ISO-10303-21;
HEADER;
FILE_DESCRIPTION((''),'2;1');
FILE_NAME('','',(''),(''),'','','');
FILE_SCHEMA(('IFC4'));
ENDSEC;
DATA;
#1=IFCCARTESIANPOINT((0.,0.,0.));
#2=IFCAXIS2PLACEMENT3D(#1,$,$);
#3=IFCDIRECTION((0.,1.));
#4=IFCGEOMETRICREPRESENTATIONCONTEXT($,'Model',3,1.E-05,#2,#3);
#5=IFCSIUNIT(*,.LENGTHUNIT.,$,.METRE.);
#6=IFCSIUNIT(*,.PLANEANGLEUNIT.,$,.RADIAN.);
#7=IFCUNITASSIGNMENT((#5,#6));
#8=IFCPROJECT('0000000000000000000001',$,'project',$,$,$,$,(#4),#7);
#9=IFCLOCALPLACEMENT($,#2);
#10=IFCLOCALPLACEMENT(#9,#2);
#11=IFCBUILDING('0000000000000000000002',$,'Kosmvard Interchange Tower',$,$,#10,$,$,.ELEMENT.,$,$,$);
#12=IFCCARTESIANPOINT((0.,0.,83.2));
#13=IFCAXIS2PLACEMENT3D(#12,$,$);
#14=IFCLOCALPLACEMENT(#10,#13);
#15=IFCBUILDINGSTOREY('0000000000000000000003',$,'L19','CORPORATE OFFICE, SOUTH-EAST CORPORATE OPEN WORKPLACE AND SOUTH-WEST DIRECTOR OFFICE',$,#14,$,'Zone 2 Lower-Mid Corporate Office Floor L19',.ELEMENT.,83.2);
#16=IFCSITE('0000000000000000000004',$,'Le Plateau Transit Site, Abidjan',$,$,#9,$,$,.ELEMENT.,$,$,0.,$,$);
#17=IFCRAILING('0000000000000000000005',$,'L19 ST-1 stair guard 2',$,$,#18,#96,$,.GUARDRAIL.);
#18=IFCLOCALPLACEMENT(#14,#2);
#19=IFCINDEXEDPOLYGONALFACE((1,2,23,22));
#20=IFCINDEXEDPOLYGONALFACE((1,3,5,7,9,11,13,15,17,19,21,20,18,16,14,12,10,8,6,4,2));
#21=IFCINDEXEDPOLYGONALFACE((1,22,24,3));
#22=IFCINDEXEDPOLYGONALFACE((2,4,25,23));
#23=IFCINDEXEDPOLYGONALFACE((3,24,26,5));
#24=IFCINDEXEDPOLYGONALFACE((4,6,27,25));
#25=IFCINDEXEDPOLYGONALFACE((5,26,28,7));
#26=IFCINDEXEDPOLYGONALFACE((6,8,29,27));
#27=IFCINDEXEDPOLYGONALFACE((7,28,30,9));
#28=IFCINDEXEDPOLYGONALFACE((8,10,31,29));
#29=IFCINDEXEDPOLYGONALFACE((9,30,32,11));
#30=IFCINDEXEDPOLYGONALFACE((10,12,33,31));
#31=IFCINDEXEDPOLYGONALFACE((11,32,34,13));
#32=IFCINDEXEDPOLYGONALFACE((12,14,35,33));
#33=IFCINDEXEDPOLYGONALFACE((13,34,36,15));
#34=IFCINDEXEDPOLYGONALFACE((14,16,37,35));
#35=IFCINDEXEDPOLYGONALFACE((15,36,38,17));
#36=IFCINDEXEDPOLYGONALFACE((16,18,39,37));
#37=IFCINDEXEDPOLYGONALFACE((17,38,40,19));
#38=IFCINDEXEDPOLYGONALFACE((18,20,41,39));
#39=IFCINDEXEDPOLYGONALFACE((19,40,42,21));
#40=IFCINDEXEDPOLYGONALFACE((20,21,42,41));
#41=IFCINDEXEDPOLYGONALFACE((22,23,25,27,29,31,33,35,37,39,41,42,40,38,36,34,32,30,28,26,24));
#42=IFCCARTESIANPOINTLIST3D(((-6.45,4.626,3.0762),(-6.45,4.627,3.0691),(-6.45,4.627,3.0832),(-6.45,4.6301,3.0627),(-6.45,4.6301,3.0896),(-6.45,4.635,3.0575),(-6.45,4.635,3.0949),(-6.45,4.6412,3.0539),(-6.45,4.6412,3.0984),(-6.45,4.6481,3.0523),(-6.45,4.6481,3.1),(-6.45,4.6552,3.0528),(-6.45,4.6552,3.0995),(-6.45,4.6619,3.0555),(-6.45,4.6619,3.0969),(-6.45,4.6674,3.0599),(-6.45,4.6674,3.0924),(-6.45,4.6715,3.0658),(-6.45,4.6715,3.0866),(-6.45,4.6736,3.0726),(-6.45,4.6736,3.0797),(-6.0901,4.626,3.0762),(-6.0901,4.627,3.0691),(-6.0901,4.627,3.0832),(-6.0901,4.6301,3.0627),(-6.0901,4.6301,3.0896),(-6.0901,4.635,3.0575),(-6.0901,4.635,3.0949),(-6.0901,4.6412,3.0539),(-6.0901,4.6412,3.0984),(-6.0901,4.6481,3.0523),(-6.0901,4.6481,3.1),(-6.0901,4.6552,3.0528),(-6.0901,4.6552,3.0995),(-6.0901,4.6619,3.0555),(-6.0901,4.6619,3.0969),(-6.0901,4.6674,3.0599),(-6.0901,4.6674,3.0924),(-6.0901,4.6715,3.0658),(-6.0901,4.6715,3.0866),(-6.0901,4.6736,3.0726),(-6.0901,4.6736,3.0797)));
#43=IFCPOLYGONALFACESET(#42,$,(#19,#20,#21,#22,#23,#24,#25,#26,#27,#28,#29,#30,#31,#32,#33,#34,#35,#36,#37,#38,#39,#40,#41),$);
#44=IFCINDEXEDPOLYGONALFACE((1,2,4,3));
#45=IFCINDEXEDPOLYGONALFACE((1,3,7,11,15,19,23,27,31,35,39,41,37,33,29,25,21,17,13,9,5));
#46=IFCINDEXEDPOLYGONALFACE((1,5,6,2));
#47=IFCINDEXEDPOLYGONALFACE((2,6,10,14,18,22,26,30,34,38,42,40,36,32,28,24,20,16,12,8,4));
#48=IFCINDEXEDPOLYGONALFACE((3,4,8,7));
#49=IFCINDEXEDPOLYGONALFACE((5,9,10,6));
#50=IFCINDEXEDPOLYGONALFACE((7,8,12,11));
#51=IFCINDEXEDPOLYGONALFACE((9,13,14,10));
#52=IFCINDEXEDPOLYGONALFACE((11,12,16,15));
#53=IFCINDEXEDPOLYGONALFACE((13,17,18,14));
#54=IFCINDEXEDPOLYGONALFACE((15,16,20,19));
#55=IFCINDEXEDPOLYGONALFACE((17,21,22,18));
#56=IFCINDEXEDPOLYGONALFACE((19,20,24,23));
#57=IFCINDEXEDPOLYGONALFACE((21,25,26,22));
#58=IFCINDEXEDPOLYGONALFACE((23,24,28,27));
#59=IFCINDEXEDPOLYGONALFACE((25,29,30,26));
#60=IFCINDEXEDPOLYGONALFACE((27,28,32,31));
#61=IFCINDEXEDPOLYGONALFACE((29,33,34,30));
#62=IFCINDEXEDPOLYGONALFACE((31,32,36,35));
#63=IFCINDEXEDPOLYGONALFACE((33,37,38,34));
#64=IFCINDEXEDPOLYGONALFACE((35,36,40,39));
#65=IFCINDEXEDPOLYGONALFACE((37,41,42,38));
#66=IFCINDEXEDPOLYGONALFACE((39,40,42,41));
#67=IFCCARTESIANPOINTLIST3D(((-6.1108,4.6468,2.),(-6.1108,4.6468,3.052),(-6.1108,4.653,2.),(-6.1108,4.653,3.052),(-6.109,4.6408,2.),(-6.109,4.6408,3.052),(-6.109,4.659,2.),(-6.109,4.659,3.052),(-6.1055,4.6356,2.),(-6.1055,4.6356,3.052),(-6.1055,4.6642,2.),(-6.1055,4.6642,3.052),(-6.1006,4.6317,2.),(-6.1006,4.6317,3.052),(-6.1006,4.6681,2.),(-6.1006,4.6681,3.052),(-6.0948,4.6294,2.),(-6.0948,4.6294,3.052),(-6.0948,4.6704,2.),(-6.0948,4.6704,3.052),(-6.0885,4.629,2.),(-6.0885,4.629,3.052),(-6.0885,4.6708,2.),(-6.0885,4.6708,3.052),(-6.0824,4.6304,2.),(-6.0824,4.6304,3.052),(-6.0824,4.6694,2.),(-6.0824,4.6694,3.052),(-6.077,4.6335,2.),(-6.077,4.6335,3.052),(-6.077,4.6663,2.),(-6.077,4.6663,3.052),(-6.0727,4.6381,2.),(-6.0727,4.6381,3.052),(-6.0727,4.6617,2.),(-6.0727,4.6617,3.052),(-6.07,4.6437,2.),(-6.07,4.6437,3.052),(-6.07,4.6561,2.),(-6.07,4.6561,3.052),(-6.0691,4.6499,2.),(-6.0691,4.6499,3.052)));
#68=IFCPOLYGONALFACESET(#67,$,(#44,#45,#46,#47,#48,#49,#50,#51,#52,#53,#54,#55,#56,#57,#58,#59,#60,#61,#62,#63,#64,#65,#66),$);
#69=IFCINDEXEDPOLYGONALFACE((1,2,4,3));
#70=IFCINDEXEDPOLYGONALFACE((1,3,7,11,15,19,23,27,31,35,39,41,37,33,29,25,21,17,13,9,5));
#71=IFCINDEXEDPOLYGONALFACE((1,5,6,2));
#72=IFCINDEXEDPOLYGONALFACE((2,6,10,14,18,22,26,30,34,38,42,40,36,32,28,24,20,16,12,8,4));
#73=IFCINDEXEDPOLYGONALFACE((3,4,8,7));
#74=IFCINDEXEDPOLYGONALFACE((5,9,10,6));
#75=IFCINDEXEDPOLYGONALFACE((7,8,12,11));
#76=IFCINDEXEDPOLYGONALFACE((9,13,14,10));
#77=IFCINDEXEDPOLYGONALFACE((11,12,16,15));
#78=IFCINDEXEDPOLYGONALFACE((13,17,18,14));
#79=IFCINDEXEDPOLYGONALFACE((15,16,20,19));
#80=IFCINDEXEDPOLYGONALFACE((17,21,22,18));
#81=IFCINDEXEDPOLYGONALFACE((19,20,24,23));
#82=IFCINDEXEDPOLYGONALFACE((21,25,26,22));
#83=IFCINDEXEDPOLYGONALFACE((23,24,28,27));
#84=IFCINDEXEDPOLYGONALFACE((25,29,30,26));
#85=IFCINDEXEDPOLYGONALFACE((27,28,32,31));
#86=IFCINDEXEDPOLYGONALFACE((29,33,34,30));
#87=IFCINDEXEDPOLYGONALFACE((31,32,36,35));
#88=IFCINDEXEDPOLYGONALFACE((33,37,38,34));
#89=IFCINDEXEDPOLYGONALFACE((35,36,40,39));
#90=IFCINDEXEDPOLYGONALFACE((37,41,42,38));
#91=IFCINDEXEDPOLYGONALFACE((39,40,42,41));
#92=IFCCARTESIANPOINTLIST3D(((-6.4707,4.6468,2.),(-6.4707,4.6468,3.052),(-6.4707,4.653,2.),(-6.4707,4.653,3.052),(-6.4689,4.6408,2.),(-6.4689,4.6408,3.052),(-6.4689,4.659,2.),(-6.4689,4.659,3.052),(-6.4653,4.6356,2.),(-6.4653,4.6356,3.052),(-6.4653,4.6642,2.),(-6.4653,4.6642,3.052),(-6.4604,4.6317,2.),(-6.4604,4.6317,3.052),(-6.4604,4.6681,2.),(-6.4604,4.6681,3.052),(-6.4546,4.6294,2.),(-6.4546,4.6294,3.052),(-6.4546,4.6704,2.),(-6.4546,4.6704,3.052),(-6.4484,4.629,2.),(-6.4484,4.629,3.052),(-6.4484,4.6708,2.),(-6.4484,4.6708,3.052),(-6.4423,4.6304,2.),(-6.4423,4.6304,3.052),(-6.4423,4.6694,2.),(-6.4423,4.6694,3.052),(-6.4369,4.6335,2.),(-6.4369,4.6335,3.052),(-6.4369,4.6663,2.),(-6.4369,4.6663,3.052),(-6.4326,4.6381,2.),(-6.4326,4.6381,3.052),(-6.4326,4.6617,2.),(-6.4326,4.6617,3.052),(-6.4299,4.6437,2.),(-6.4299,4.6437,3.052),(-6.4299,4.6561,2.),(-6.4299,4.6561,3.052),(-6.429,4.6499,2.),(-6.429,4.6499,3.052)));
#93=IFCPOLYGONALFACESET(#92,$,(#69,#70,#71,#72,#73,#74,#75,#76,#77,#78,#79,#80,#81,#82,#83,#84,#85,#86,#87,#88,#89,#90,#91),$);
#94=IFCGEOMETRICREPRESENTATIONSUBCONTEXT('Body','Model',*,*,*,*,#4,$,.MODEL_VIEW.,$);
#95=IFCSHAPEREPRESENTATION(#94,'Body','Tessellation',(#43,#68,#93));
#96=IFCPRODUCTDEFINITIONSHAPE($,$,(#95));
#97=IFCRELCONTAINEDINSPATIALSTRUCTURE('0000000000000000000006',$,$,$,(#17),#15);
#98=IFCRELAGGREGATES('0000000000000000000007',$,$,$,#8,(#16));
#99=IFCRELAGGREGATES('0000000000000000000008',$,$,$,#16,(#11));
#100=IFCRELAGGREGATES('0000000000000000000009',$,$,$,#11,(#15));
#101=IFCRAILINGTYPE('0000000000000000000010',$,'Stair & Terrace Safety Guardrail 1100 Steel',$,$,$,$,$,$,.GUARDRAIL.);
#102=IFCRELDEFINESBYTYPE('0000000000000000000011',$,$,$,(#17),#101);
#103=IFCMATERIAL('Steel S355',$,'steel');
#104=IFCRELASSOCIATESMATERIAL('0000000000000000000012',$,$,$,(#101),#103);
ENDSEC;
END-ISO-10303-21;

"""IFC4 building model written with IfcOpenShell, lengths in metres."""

from ifc_helpers import new_model, si_unit, direction, frame, origin, origin_2d, place, context, subcontext, project, spatial, circle, extrude, source, transform, mapped, material, type_object, element, save


model = new_model("IFC4")

# Units and contexts
model_context = context("Model", 3, precision=1e-05, world=origin(), true_north=direction((0.0, 1.0)))
body_context = subcontext(model_context, "Body", "Model", "MODEL_VIEW")
ifc_project = project(units=[si_unit("LENGTHUNIT", "METRE"), si_unit("PLANEANGLEUNIT", "RADIAN")], contexts=[model_context])

# Site, building, storey
site_placement = place(None, origin())
site = spatial("IfcSite", under=ifc_project, at=site_placement, Name="Le Plateau Transit Site, Abidjan", CompositionType="ELEMENT", RefElevation=0.0)
building_placement = place(site_placement, origin())
building = spatial("IfcBuilding", under=site, at=building_placement, Name="Kosmvard Interchange Tower", CompositionType="ELEMENT")
storey_placement = place(building_placement, frame((0.0, 0.0, 83.2)))
storey = spatial("IfcBuildingStorey", under=building, at=storey_placement, Name="L19", Description="CORPORATE OFFICE, SOUTH-EAST CORPORATE OPEN WORKPLACE AND SOUTH-WEST DIRECTOR OFFICE", LongName="Zone 2 Lower-Mid Corporate Office Floor L19", CompositionType="ELEMENT", Elevation=83.2)

# Shared definitions
ifc_material_1 = material(Name="Steel S355", Category="steel")

# Railing
railing_type = type_object("IfcRailingType", Name="Stair & Terrace Safety Guardrail 1100 Steel", PredefinedType="GUARDRAIL", material=ifc_material_1)
shared_shape_1 = source(origin(), body_context, "Body", "SweptSolid", [
    extrude(circle(Radius=0.0239, at=origin_2d()), frame((0.0, 0.0, 1.0762), z_axis=(-1.0, 0.0, 0.0), x_axis=(0.0, -1.0, 0.0)), (0.0, 0.0, 1.0), 0.3599),
    extrude(circle(Radius=0.021, at=origin_2d()), origin(), (0.0, 0.0, 1.0), 1.052),
    extrude(circle(Radius=0.021, at=origin_2d()), frame((-0.3599, 0.0, 0.0)), (0.0, 0.0, 1.0), 1.052),
])
railing_1_placement = place(storey_placement, frame((-6.0901, 4.6499, 2.0)))
element("IfcRailing", 1, at=railing_1_placement, inside=storey, type_object=railing_type, Name="L19 ST-1 stair guard 2", PredefinedType="GUARDRAIL", context=body_context, shape_type="MappedRepresentation", body=[
    mapped(shared_shape_1, transform((0.0, 0.0, 0.0), scale=1.0)),
])

save(model, "model.ifc")
